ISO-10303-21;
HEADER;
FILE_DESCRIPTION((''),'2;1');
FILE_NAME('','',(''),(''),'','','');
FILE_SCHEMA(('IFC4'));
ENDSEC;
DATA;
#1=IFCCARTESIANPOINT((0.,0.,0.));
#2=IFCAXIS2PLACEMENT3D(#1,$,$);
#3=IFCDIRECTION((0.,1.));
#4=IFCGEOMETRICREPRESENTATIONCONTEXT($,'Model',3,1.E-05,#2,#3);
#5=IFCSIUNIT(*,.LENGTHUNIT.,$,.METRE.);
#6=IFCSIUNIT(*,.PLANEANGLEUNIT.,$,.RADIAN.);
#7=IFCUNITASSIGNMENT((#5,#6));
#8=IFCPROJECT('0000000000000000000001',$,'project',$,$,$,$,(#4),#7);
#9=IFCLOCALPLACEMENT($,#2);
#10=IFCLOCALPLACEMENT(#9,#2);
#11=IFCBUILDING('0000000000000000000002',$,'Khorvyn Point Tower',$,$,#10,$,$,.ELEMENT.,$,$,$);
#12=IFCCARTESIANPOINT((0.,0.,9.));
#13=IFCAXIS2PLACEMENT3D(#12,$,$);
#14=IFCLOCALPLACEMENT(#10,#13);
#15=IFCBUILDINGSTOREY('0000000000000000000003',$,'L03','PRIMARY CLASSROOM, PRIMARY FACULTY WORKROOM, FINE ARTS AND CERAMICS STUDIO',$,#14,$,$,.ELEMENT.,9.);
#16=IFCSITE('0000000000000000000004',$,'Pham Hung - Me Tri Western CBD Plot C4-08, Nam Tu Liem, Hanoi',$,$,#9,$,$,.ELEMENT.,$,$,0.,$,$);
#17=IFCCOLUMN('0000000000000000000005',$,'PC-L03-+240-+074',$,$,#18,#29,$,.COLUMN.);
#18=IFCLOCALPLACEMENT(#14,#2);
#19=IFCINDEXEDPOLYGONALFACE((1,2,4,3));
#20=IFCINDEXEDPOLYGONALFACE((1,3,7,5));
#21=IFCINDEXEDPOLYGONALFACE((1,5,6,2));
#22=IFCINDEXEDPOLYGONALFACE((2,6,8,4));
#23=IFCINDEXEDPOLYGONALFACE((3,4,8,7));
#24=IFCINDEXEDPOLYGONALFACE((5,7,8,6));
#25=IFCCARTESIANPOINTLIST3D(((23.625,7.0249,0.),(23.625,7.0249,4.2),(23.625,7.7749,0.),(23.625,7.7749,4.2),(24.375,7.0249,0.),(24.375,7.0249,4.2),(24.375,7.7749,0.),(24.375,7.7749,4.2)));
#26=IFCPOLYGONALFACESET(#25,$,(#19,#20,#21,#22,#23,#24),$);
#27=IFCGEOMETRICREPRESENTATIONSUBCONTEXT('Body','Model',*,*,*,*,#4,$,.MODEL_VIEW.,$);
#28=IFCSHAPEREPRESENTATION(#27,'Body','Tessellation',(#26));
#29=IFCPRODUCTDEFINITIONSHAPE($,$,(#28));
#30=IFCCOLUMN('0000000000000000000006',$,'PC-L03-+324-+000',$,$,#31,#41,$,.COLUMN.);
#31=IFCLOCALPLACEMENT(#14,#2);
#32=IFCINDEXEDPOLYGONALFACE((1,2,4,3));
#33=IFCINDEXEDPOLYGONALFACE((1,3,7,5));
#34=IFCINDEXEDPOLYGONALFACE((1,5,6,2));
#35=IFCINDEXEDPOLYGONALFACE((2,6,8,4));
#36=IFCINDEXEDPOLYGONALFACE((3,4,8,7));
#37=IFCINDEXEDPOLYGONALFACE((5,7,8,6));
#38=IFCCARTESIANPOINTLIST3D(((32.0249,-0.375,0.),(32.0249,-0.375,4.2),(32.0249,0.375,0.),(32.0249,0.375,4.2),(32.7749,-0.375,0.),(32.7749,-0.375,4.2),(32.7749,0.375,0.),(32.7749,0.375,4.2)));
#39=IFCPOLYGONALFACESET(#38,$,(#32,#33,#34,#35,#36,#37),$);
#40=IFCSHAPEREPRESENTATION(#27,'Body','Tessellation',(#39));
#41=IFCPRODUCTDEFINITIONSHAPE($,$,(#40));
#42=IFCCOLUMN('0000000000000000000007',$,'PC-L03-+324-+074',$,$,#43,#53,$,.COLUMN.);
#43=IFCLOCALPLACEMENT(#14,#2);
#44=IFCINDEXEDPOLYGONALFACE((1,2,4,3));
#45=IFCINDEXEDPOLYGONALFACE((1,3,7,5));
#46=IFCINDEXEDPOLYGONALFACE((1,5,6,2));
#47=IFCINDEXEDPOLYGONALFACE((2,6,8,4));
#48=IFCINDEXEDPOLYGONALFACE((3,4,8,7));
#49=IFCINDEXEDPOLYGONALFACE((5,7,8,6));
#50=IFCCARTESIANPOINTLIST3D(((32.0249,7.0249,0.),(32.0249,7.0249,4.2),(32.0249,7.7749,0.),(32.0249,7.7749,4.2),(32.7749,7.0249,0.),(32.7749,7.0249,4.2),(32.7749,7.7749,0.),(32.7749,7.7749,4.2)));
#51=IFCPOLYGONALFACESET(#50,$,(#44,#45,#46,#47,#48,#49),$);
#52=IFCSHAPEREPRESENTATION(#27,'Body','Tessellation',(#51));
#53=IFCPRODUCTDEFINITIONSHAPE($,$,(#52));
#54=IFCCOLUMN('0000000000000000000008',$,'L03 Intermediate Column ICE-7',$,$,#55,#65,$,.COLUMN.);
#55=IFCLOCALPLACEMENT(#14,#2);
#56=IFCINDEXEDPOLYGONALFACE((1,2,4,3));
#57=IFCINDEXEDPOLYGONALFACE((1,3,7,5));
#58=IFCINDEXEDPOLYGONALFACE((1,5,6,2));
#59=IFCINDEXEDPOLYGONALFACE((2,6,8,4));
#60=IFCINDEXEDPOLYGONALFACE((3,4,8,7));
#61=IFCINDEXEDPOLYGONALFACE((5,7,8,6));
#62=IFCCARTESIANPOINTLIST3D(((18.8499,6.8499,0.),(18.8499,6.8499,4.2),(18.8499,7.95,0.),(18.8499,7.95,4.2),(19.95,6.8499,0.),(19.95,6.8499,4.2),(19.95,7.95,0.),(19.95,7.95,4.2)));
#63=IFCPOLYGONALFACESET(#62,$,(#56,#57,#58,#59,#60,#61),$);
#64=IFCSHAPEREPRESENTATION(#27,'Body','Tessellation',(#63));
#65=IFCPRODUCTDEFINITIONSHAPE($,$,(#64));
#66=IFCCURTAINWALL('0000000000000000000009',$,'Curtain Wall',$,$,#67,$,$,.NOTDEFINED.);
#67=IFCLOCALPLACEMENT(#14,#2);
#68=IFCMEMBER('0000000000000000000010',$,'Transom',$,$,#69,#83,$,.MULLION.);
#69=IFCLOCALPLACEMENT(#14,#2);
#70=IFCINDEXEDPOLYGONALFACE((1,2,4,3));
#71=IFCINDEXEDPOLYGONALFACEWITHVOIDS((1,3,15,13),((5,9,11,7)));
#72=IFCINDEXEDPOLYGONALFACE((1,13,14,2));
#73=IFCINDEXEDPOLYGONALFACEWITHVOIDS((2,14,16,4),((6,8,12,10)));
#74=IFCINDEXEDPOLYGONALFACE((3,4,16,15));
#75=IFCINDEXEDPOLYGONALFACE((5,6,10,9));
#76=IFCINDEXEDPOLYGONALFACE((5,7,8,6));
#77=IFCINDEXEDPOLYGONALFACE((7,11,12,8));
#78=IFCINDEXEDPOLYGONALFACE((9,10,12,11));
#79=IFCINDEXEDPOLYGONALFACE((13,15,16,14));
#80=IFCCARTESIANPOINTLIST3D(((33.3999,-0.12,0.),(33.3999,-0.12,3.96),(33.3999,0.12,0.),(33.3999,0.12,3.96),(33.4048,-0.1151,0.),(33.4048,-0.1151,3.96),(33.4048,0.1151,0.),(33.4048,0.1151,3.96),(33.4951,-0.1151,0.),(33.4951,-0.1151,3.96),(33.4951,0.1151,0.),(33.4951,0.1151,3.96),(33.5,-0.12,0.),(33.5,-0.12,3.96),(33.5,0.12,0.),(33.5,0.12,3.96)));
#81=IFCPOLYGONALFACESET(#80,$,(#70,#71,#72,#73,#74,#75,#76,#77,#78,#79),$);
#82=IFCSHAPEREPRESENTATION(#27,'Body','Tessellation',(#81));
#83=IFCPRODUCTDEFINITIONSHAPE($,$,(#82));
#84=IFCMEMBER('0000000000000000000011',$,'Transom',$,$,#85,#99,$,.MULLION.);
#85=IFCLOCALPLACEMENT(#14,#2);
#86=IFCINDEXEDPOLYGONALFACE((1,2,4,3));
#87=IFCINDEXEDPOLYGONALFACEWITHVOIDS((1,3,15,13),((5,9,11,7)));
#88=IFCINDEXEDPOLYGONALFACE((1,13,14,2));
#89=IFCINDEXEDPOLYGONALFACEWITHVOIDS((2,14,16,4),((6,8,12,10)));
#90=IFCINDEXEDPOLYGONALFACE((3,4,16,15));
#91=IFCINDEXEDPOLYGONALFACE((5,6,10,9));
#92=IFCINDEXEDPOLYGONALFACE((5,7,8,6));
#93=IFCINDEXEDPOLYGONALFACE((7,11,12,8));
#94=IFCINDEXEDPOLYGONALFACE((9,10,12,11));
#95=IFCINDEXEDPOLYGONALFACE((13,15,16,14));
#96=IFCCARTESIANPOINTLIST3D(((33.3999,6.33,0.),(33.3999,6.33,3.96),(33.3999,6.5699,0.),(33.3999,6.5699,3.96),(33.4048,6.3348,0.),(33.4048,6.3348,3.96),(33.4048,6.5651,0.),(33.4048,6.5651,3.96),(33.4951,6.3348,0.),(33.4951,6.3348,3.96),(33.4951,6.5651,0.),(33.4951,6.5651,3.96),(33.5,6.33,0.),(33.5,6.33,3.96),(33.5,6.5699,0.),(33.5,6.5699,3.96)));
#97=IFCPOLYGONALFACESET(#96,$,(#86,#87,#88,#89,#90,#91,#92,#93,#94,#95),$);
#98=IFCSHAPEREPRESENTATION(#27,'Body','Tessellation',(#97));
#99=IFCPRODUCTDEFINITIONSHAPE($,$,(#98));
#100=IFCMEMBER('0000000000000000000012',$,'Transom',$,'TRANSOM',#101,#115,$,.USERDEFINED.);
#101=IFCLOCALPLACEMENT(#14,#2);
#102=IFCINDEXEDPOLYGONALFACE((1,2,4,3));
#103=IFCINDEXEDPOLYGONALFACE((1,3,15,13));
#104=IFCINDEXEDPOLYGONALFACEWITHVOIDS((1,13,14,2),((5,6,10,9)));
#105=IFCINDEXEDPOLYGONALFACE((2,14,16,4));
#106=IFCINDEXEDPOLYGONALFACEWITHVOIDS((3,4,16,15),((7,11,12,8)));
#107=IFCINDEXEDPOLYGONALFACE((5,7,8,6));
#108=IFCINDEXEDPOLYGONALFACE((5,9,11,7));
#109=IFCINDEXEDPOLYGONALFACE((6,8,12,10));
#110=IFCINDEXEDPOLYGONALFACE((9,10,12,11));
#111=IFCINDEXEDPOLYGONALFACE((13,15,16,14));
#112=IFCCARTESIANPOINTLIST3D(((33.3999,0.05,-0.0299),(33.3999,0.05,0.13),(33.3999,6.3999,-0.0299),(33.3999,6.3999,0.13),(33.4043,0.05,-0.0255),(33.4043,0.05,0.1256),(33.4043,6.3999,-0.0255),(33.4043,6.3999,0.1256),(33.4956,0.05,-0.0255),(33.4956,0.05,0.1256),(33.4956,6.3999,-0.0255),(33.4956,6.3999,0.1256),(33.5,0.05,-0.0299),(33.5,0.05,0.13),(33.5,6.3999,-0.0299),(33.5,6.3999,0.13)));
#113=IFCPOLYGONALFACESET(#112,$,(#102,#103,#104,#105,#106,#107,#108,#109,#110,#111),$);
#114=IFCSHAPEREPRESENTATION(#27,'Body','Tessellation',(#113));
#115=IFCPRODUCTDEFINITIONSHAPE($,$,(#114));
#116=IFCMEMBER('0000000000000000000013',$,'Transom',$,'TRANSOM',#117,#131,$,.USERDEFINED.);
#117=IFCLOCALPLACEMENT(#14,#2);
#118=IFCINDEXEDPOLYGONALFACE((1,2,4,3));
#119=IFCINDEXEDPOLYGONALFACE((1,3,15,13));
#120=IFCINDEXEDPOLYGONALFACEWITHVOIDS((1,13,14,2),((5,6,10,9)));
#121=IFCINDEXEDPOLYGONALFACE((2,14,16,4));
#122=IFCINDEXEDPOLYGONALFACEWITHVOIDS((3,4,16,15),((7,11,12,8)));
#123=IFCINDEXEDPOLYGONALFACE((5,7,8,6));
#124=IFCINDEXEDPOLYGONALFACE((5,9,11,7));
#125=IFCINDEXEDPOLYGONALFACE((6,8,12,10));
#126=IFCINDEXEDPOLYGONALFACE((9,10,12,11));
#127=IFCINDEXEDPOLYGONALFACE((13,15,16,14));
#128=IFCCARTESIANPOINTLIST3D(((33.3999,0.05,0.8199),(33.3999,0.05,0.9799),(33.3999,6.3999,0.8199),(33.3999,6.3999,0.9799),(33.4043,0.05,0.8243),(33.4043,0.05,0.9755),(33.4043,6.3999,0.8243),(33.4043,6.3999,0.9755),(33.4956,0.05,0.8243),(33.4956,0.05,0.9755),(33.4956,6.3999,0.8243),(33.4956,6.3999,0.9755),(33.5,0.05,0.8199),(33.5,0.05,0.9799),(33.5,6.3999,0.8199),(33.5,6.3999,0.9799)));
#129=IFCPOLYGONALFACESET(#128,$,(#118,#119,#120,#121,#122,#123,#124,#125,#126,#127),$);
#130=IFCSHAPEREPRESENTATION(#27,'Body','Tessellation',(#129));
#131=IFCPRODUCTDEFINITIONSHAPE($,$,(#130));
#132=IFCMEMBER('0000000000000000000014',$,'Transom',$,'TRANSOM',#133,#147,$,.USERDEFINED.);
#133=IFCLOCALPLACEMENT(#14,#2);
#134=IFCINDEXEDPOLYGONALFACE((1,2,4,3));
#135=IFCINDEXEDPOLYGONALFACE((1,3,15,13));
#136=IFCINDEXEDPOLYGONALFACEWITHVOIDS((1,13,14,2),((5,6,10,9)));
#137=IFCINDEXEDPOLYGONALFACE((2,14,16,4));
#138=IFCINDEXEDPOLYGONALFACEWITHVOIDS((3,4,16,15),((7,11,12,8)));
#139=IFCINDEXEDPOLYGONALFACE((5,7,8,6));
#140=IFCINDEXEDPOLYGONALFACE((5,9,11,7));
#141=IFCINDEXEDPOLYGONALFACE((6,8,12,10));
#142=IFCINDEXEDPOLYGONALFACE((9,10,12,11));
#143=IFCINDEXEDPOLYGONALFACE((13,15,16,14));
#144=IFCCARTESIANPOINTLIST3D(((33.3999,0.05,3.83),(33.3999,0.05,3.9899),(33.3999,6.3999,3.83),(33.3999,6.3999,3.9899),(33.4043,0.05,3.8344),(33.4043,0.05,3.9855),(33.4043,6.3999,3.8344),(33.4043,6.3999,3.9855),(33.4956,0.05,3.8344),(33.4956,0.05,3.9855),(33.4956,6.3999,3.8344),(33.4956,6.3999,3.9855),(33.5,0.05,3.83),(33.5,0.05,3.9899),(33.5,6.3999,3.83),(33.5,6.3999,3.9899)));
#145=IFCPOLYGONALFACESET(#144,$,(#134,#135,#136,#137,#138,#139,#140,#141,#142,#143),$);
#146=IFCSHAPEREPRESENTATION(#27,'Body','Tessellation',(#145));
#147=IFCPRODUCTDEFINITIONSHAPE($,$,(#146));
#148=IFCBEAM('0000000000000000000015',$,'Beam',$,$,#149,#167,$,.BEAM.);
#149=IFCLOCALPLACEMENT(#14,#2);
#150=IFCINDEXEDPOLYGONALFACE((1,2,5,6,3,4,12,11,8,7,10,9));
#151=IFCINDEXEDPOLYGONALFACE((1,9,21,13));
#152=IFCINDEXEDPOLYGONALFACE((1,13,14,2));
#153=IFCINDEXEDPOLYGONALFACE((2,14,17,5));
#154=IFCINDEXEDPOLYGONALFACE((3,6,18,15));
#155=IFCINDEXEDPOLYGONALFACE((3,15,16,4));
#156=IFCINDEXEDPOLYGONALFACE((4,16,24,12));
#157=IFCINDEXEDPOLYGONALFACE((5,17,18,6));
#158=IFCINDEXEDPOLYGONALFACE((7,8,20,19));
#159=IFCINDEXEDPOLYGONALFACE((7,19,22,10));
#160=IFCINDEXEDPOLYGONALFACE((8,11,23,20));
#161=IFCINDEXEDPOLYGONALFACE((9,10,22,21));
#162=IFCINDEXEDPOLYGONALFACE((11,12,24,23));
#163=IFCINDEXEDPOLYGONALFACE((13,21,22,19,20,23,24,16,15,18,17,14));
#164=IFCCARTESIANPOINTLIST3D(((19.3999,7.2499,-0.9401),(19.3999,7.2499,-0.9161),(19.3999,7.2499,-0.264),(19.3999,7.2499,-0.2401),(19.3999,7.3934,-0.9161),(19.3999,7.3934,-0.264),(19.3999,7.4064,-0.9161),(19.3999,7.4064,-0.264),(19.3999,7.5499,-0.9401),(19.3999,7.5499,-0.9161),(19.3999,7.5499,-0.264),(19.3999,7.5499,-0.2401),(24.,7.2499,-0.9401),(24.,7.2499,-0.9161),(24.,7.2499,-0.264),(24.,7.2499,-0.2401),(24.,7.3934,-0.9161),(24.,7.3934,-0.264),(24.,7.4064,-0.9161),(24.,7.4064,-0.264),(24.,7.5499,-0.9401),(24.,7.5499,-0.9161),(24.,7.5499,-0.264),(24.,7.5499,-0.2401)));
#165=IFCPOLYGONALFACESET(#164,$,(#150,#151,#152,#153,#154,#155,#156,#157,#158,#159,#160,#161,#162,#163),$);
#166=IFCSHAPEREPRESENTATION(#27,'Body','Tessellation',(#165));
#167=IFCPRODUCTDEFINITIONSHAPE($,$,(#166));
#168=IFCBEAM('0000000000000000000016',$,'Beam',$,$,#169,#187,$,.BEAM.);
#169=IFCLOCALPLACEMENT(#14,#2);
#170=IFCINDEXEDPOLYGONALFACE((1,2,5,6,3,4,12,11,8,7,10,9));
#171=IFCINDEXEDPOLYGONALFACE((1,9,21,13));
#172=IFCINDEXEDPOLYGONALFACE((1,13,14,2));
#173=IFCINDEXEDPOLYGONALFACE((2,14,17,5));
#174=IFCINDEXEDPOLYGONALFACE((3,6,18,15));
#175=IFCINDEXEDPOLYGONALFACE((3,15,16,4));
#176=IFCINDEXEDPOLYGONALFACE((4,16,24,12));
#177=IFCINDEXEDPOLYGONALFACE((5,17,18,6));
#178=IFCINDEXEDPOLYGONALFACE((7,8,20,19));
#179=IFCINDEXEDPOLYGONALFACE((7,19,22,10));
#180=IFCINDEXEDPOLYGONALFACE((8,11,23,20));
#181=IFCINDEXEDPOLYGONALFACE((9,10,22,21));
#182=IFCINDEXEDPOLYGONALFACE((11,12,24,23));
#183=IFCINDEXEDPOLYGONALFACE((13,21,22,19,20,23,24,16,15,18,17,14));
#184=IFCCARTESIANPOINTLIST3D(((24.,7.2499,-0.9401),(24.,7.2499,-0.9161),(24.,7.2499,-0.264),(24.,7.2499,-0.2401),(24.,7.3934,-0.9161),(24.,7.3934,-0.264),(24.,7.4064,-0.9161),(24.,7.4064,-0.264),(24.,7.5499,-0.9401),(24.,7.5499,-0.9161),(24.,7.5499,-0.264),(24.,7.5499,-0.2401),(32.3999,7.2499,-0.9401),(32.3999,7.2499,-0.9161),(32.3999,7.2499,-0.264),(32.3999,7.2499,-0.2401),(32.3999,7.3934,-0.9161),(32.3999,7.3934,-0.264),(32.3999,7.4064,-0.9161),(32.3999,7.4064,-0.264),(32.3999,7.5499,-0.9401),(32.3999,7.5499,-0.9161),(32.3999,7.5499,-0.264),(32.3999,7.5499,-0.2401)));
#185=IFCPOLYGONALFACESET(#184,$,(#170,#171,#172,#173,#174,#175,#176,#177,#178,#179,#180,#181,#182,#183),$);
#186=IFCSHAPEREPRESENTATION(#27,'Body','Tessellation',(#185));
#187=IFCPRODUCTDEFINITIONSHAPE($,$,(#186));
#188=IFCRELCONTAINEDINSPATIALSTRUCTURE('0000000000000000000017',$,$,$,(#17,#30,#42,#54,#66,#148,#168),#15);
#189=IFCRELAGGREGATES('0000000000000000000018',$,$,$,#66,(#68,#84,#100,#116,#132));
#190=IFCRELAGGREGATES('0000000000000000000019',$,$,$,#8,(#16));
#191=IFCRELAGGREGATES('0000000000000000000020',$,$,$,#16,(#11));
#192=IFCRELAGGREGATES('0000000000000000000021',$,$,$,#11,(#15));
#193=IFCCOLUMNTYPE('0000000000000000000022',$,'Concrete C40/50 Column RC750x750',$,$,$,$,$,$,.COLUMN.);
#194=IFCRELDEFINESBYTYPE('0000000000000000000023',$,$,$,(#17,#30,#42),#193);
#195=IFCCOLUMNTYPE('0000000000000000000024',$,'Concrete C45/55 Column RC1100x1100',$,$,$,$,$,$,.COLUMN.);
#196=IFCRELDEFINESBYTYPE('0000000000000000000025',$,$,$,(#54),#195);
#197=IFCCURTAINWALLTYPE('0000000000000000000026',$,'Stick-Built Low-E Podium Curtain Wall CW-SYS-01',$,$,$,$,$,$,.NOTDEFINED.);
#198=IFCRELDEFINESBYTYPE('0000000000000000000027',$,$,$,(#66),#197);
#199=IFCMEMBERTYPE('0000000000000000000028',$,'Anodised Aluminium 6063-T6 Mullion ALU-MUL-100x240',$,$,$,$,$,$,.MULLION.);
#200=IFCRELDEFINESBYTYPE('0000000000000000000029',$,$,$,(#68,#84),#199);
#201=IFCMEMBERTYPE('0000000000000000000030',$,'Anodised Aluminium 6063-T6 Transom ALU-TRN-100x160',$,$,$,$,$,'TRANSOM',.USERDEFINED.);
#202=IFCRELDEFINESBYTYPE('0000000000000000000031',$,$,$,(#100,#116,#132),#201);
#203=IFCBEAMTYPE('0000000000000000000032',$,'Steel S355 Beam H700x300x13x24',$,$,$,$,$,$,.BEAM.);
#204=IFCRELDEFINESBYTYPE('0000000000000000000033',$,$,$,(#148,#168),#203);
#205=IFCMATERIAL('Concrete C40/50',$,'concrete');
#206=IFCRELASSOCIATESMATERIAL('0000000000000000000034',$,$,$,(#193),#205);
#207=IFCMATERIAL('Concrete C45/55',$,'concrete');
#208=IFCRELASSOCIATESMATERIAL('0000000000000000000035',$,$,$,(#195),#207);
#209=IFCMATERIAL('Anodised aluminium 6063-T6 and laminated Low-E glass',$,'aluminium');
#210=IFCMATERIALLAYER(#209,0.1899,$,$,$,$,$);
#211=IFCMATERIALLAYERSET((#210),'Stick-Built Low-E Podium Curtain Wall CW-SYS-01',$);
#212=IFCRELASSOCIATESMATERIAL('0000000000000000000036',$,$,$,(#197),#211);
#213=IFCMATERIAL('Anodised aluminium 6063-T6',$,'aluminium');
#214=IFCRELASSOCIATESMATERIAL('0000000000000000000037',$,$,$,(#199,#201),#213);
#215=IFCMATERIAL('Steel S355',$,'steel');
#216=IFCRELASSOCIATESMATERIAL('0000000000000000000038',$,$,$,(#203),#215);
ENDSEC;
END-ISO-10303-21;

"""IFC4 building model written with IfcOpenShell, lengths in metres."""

from ifc_helpers import new_model, si_unit, direction, frame, origin, origin_2d, place, context, subcontext, project, spatial, rectangle, hollow_rectangle, i_section, extrude, material, layer, layer_set, material_profile, profile_set, type_object, element, aggregate, save


model = new_model("IFC4")

# Units and contexts
model_context = context("Model", 3, precision=1e-05, world=origin(), true_north=direction((0.0, 1.0)))
body_context = subcontext(model_context, "Body", "Model", "MODEL_VIEW")
ifc_project = project(units=[si_unit("LENGTHUNIT", "METRE"), si_unit("PLANEANGLEUNIT", "RADIAN")], contexts=[model_context])

# Site, building, storey
site_placement = place(None, origin())
site = spatial("IfcSite", under=ifc_project, at=site_placement, Name="Pham Hung - Me Tri Western CBD Plot C4-08, Nam Tu Liem, Hanoi", CompositionType="ELEMENT", RefElevation=0.0)
building_placement = place(site_placement, origin())
building = spatial("IfcBuilding", under=site, at=building_placement, Name="Khorvyn Point Tower", CompositionType="ELEMENT")
storey_placement = place(building_placement, frame((0.0, 0.0, 9.0)))
storey = spatial("IfcBuildingStorey", under=building, at=storey_placement, Name="L03", Description="PRIMARY CLASSROOM, PRIMARY FACULTY WORKROOM, FINE ARTS AND CERAMICS STUDIO", CompositionType="ELEMENT", Elevation=9.0)

# Columns
ifc_material_1 = material(Name="Concrete C40/50", Category="concrete")
ifc_material_profile_1 = material_profile(ifc_material_1, rectangle(XDim=0.75, YDim=0.75, at=origin_2d()))
ifc_profile_set_1 = profile_set([ifc_material_profile_1], Name="Concrete C40/50 RC750x750")
column_type_1 = type_object("IfcColumnType", Name="Concrete C40/50 Column RC750x750", PredefinedType="COLUMN", material=ifc_profile_set_1)
for number, where, z_axis, x_axis, name in (
    (1, (24.0, 7.3999, 0.0), (0.0, 0.0, 1.0), (1.0, 0.0, 0.0), "PC-L03-+240-+074"),
    (2, (32.3999, 0.0, 0.0), (0.0, 0.0, 1.0), (1.0, 0.0, 0.0), "PC-L03-+324-+000"),
    (3, (32.3999, 7.3999, 0.0), (0.0, 0.0, 1.0), (1.0, 0.0, 0.0), "PC-L03-+324-+074"),
):
    element("IfcColumn", number, at=place(storey_placement, frame(where, z_axis=z_axis, x_axis=x_axis)), inside=storey, type_object=column_type_1, Name=name, PredefinedType="COLUMN", context=body_context, shape_type="SweptSolid", body=[
        extrude(rectangle(XDim=0.75, YDim=0.75, at=origin_2d()), origin(), (0.0, 0.0, 1.0), 4.2),
    ])
ifc_material_2 = material(Name="Concrete C45/55", Category="concrete")
ifc_material_profile_2 = material_profile(ifc_material_2, rectangle(XDim=1.1001, YDim=1.1001, at=origin_2d()))
ifc_profile_set_2 = profile_set([ifc_material_profile_2], Name="Concrete C45/55 RC1100x1100")
column_type_2 = type_object("IfcColumnType", Name="Concrete C45/55 Column RC1100x1100", PredefinedType="COLUMN", material=ifc_profile_set_2)
column_placement = place(storey_placement, frame((19.3999, 7.3999, 0.0), z_axis=(0.0, 0.0, 1.0), x_axis=(1.0, 0.0, 0.0)))
element("IfcColumn", 4, at=column_placement, inside=storey, type_object=column_type_2, Name="L03 Intermediate Column ICE-7", PredefinedType="COLUMN", context=body_context, shape_type="SweptSolid", body=[
    extrude(rectangle(XDim=1.1001, YDim=1.1001, at=origin_2d()), origin(), (0.0, 0.0, 1.0), 4.2),
])

# Curtain wall, members
ifc_material_3 = material(Name="Anodised aluminium 6063-T6 and laminated Low-E glass", Category="aluminium")
ifc_layer_1 = layer(ifc_material_3, 0.1899)
ifc_layer_set_1 = layer_set([ifc_layer_1], Name="Stick-Built Low-E Podium Curtain Wall CW-SYS-01")
curtain_wall_type = type_object("IfcCurtainWallType", Name="Stick-Built Low-E Podium Curtain Wall CW-SYS-01", PredefinedType="NOTDEFINED", material=ifc_layer_set_1)
curtain_wall_placement = place(storey_placement, origin())
curtain_wall = element("IfcCurtainWall", 5, at=curtain_wall_placement, inside=storey, type_object=curtain_wall_type, Name="Curtain Wall", PredefinedType="NOTDEFINED")
ifc_material_4 = material(Name="Anodised aluminium 6063-T6", Category="aluminium")
ifc_material_profile_3 = material_profile(ifc_material_4, hollow_rectangle(XDim=0.1001, YDim=0.24, WallThickness=0.0049, at=origin_2d()))
ifc_profile_set_3 = profile_set([ifc_material_profile_3], Name="Anodised aluminium 6063-T6 ALU-MUL-100x240")
member_type_1 = type_object("IfcMemberType", Name="Anodised Aluminium 6063-T6 Mullion ALU-MUL-100x240", PredefinedType="MULLION", material=ifc_profile_set_3)
member_1_placement = place(storey_placement, frame((33.45, 0.0, 0.0), z_axis=(0.0, 0.0, 1.0), x_axis=(-1.0, 0.0, 0.0)))
member_1 = element("IfcMember", 6, at=member_1_placement, type_object=member_type_1, Name="Transom", PredefinedType="MULLION", context=body_context, shape_type="SweptSolid", body=[
    extrude(hollow_rectangle(XDim=0.1001, YDim=0.24, WallThickness=0.0049, at=origin_2d()), origin(), (0.0, 0.0, 1.0), 3.96),
])
member_2_placement = place(storey_placement, frame((33.45, 6.45, 0.0), z_axis=(0.0, 0.0, 1.0), x_axis=(-1.0, 0.0, 0.0)))
member_2 = element("IfcMember", 7, at=member_2_placement, type_object=member_type_1, Name="Transom", PredefinedType="MULLION", context=body_context, shape_type="SweptSolid", body=[
    extrude(hollow_rectangle(XDim=0.1001, YDim=0.24, WallThickness=0.0049, at=origin_2d()), origin(), (0.0, 0.0, 1.0), 3.96),
])
ifc_material_profile_4 = material_profile(ifc_material_4, hollow_rectangle(XDim=0.1001, YDim=0.1599, WallThickness=0.0044, at=origin_2d()))
ifc_profile_set_4 = profile_set([ifc_material_profile_4], Name="Anodised aluminium 6063-T6 ALU-TRN-100x160")
member_type_2 = type_object("IfcMemberType", Name="Anodised Aluminium 6063-T6 Transom ALU-TRN-100x160", ElementType="TRANSOM", PredefinedType="USERDEFINED", material=ifc_profile_set_4)
member_3_placement = place(storey_placement, frame((33.45, 0.05, 0.05), z_axis=(0.0, 1.0, 0.0), x_axis=(-1.0, 0.0, 0.0)))
member_3 = element("IfcMember", 8, at=member_3_placement, type_object=member_type_2, Name="Transom", ObjectType="TRANSOM", PredefinedType="USERDEFINED", context=body_context, shape_type="SweptSolid", body=[
    extrude(hollow_rectangle(XDim=0.1001, YDim=0.1599, WallThickness=0.0044, at=origin_2d()), origin(), (0.0, 0.0, 1.0), 6.3499),
])
member_4_placement = place(storey_placement, frame((33.45, 0.05, 0.8999), z_axis=(0.0, 1.0, 0.0), x_axis=(-1.0, 0.0, 0.0)))
member_4 = element("IfcMember", 9, at=member_4_placement, type_object=member_type_2, Name="Transom", ObjectType="TRANSOM", PredefinedType="USERDEFINED", context=body_context, shape_type="SweptSolid", body=[
    extrude(hollow_rectangle(XDim=0.1001, YDim=0.1599, WallThickness=0.0044, at=origin_2d()), origin(), (0.0, 0.0, 1.0), 6.3499),
])
member_5_placement = place(storey_placement, frame((33.45, 0.05, 3.9099), z_axis=(0.0, 1.0, 0.0), x_axis=(-1.0, 0.0, 0.0)))
member_5 = element("IfcMember", 10, at=member_5_placement, type_object=member_type_2, Name="Transom", ObjectType="TRANSOM", PredefinedType="USERDEFINED", context=body_context, shape_type="SweptSolid", body=[
    extrude(hollow_rectangle(XDim=0.1001, YDim=0.1599, WallThickness=0.0044, at=origin_2d()), origin(), (0.0, 0.0, 1.0), 6.3499),
])

# Beams
ifc_material_5 = material(Name="Steel S355", Category="steel")
ifc_material_profile_5 = material_profile(ifc_material_5, i_section(OverallWidth=0.3, OverallDepth=0.7, WebThickness=0.0129, FlangeThickness=0.0239, at=origin_2d()))
ifc_profile_set_5 = profile_set([ifc_material_profile_5], Name="Steel S355 H700x300x13x24")
beam_type_1 = type_object("IfcBeamType", Name="Steel S355 Beam H700x300x13x24", PredefinedType="BEAM", material=ifc_profile_set_5)
beam_1_placement = place(storey_placement, frame((19.3999, 7.3999, -0.5901), z_axis=(1.0, 0.0, 0.0), x_axis=(0.0, 1.0, 0.0)))
element("IfcBeam", 11, at=beam_1_placement, inside=storey, type_object=beam_type_1, Name="Beam", PredefinedType="BEAM", context=body_context, shape_type="SweptSolid", body=[
    extrude(i_section(OverallWidth=0.3, OverallDepth=0.7, WebThickness=0.0129, FlangeThickness=0.0239, at=origin_2d()), origin(), (0.0, 0.0, 1.0), 4.6001),
])
beam_2_placement = place(storey_placement, frame((24.0, 7.3999, -0.5901), z_axis=(1.0, 0.0, 0.0), x_axis=(0.0, 1.0, 0.0)))
element("IfcBeam", 12, at=beam_2_placement, inside=storey, type_object=beam_type_1, Name="Beam", PredefinedType="BEAM", context=body_context, shape_type="SweptSolid", body=[
    extrude(i_section(OverallWidth=0.3, OverallDepth=0.7, WebThickness=0.0129, FlangeThickness=0.0239, at=origin_2d()), origin(), (0.0, 0.0, 1.0), 8.3999),
])

aggregate(curtain_wall, [member_1, member_2, member_3, member_4, member_5])

save(model, "model.ifc")
